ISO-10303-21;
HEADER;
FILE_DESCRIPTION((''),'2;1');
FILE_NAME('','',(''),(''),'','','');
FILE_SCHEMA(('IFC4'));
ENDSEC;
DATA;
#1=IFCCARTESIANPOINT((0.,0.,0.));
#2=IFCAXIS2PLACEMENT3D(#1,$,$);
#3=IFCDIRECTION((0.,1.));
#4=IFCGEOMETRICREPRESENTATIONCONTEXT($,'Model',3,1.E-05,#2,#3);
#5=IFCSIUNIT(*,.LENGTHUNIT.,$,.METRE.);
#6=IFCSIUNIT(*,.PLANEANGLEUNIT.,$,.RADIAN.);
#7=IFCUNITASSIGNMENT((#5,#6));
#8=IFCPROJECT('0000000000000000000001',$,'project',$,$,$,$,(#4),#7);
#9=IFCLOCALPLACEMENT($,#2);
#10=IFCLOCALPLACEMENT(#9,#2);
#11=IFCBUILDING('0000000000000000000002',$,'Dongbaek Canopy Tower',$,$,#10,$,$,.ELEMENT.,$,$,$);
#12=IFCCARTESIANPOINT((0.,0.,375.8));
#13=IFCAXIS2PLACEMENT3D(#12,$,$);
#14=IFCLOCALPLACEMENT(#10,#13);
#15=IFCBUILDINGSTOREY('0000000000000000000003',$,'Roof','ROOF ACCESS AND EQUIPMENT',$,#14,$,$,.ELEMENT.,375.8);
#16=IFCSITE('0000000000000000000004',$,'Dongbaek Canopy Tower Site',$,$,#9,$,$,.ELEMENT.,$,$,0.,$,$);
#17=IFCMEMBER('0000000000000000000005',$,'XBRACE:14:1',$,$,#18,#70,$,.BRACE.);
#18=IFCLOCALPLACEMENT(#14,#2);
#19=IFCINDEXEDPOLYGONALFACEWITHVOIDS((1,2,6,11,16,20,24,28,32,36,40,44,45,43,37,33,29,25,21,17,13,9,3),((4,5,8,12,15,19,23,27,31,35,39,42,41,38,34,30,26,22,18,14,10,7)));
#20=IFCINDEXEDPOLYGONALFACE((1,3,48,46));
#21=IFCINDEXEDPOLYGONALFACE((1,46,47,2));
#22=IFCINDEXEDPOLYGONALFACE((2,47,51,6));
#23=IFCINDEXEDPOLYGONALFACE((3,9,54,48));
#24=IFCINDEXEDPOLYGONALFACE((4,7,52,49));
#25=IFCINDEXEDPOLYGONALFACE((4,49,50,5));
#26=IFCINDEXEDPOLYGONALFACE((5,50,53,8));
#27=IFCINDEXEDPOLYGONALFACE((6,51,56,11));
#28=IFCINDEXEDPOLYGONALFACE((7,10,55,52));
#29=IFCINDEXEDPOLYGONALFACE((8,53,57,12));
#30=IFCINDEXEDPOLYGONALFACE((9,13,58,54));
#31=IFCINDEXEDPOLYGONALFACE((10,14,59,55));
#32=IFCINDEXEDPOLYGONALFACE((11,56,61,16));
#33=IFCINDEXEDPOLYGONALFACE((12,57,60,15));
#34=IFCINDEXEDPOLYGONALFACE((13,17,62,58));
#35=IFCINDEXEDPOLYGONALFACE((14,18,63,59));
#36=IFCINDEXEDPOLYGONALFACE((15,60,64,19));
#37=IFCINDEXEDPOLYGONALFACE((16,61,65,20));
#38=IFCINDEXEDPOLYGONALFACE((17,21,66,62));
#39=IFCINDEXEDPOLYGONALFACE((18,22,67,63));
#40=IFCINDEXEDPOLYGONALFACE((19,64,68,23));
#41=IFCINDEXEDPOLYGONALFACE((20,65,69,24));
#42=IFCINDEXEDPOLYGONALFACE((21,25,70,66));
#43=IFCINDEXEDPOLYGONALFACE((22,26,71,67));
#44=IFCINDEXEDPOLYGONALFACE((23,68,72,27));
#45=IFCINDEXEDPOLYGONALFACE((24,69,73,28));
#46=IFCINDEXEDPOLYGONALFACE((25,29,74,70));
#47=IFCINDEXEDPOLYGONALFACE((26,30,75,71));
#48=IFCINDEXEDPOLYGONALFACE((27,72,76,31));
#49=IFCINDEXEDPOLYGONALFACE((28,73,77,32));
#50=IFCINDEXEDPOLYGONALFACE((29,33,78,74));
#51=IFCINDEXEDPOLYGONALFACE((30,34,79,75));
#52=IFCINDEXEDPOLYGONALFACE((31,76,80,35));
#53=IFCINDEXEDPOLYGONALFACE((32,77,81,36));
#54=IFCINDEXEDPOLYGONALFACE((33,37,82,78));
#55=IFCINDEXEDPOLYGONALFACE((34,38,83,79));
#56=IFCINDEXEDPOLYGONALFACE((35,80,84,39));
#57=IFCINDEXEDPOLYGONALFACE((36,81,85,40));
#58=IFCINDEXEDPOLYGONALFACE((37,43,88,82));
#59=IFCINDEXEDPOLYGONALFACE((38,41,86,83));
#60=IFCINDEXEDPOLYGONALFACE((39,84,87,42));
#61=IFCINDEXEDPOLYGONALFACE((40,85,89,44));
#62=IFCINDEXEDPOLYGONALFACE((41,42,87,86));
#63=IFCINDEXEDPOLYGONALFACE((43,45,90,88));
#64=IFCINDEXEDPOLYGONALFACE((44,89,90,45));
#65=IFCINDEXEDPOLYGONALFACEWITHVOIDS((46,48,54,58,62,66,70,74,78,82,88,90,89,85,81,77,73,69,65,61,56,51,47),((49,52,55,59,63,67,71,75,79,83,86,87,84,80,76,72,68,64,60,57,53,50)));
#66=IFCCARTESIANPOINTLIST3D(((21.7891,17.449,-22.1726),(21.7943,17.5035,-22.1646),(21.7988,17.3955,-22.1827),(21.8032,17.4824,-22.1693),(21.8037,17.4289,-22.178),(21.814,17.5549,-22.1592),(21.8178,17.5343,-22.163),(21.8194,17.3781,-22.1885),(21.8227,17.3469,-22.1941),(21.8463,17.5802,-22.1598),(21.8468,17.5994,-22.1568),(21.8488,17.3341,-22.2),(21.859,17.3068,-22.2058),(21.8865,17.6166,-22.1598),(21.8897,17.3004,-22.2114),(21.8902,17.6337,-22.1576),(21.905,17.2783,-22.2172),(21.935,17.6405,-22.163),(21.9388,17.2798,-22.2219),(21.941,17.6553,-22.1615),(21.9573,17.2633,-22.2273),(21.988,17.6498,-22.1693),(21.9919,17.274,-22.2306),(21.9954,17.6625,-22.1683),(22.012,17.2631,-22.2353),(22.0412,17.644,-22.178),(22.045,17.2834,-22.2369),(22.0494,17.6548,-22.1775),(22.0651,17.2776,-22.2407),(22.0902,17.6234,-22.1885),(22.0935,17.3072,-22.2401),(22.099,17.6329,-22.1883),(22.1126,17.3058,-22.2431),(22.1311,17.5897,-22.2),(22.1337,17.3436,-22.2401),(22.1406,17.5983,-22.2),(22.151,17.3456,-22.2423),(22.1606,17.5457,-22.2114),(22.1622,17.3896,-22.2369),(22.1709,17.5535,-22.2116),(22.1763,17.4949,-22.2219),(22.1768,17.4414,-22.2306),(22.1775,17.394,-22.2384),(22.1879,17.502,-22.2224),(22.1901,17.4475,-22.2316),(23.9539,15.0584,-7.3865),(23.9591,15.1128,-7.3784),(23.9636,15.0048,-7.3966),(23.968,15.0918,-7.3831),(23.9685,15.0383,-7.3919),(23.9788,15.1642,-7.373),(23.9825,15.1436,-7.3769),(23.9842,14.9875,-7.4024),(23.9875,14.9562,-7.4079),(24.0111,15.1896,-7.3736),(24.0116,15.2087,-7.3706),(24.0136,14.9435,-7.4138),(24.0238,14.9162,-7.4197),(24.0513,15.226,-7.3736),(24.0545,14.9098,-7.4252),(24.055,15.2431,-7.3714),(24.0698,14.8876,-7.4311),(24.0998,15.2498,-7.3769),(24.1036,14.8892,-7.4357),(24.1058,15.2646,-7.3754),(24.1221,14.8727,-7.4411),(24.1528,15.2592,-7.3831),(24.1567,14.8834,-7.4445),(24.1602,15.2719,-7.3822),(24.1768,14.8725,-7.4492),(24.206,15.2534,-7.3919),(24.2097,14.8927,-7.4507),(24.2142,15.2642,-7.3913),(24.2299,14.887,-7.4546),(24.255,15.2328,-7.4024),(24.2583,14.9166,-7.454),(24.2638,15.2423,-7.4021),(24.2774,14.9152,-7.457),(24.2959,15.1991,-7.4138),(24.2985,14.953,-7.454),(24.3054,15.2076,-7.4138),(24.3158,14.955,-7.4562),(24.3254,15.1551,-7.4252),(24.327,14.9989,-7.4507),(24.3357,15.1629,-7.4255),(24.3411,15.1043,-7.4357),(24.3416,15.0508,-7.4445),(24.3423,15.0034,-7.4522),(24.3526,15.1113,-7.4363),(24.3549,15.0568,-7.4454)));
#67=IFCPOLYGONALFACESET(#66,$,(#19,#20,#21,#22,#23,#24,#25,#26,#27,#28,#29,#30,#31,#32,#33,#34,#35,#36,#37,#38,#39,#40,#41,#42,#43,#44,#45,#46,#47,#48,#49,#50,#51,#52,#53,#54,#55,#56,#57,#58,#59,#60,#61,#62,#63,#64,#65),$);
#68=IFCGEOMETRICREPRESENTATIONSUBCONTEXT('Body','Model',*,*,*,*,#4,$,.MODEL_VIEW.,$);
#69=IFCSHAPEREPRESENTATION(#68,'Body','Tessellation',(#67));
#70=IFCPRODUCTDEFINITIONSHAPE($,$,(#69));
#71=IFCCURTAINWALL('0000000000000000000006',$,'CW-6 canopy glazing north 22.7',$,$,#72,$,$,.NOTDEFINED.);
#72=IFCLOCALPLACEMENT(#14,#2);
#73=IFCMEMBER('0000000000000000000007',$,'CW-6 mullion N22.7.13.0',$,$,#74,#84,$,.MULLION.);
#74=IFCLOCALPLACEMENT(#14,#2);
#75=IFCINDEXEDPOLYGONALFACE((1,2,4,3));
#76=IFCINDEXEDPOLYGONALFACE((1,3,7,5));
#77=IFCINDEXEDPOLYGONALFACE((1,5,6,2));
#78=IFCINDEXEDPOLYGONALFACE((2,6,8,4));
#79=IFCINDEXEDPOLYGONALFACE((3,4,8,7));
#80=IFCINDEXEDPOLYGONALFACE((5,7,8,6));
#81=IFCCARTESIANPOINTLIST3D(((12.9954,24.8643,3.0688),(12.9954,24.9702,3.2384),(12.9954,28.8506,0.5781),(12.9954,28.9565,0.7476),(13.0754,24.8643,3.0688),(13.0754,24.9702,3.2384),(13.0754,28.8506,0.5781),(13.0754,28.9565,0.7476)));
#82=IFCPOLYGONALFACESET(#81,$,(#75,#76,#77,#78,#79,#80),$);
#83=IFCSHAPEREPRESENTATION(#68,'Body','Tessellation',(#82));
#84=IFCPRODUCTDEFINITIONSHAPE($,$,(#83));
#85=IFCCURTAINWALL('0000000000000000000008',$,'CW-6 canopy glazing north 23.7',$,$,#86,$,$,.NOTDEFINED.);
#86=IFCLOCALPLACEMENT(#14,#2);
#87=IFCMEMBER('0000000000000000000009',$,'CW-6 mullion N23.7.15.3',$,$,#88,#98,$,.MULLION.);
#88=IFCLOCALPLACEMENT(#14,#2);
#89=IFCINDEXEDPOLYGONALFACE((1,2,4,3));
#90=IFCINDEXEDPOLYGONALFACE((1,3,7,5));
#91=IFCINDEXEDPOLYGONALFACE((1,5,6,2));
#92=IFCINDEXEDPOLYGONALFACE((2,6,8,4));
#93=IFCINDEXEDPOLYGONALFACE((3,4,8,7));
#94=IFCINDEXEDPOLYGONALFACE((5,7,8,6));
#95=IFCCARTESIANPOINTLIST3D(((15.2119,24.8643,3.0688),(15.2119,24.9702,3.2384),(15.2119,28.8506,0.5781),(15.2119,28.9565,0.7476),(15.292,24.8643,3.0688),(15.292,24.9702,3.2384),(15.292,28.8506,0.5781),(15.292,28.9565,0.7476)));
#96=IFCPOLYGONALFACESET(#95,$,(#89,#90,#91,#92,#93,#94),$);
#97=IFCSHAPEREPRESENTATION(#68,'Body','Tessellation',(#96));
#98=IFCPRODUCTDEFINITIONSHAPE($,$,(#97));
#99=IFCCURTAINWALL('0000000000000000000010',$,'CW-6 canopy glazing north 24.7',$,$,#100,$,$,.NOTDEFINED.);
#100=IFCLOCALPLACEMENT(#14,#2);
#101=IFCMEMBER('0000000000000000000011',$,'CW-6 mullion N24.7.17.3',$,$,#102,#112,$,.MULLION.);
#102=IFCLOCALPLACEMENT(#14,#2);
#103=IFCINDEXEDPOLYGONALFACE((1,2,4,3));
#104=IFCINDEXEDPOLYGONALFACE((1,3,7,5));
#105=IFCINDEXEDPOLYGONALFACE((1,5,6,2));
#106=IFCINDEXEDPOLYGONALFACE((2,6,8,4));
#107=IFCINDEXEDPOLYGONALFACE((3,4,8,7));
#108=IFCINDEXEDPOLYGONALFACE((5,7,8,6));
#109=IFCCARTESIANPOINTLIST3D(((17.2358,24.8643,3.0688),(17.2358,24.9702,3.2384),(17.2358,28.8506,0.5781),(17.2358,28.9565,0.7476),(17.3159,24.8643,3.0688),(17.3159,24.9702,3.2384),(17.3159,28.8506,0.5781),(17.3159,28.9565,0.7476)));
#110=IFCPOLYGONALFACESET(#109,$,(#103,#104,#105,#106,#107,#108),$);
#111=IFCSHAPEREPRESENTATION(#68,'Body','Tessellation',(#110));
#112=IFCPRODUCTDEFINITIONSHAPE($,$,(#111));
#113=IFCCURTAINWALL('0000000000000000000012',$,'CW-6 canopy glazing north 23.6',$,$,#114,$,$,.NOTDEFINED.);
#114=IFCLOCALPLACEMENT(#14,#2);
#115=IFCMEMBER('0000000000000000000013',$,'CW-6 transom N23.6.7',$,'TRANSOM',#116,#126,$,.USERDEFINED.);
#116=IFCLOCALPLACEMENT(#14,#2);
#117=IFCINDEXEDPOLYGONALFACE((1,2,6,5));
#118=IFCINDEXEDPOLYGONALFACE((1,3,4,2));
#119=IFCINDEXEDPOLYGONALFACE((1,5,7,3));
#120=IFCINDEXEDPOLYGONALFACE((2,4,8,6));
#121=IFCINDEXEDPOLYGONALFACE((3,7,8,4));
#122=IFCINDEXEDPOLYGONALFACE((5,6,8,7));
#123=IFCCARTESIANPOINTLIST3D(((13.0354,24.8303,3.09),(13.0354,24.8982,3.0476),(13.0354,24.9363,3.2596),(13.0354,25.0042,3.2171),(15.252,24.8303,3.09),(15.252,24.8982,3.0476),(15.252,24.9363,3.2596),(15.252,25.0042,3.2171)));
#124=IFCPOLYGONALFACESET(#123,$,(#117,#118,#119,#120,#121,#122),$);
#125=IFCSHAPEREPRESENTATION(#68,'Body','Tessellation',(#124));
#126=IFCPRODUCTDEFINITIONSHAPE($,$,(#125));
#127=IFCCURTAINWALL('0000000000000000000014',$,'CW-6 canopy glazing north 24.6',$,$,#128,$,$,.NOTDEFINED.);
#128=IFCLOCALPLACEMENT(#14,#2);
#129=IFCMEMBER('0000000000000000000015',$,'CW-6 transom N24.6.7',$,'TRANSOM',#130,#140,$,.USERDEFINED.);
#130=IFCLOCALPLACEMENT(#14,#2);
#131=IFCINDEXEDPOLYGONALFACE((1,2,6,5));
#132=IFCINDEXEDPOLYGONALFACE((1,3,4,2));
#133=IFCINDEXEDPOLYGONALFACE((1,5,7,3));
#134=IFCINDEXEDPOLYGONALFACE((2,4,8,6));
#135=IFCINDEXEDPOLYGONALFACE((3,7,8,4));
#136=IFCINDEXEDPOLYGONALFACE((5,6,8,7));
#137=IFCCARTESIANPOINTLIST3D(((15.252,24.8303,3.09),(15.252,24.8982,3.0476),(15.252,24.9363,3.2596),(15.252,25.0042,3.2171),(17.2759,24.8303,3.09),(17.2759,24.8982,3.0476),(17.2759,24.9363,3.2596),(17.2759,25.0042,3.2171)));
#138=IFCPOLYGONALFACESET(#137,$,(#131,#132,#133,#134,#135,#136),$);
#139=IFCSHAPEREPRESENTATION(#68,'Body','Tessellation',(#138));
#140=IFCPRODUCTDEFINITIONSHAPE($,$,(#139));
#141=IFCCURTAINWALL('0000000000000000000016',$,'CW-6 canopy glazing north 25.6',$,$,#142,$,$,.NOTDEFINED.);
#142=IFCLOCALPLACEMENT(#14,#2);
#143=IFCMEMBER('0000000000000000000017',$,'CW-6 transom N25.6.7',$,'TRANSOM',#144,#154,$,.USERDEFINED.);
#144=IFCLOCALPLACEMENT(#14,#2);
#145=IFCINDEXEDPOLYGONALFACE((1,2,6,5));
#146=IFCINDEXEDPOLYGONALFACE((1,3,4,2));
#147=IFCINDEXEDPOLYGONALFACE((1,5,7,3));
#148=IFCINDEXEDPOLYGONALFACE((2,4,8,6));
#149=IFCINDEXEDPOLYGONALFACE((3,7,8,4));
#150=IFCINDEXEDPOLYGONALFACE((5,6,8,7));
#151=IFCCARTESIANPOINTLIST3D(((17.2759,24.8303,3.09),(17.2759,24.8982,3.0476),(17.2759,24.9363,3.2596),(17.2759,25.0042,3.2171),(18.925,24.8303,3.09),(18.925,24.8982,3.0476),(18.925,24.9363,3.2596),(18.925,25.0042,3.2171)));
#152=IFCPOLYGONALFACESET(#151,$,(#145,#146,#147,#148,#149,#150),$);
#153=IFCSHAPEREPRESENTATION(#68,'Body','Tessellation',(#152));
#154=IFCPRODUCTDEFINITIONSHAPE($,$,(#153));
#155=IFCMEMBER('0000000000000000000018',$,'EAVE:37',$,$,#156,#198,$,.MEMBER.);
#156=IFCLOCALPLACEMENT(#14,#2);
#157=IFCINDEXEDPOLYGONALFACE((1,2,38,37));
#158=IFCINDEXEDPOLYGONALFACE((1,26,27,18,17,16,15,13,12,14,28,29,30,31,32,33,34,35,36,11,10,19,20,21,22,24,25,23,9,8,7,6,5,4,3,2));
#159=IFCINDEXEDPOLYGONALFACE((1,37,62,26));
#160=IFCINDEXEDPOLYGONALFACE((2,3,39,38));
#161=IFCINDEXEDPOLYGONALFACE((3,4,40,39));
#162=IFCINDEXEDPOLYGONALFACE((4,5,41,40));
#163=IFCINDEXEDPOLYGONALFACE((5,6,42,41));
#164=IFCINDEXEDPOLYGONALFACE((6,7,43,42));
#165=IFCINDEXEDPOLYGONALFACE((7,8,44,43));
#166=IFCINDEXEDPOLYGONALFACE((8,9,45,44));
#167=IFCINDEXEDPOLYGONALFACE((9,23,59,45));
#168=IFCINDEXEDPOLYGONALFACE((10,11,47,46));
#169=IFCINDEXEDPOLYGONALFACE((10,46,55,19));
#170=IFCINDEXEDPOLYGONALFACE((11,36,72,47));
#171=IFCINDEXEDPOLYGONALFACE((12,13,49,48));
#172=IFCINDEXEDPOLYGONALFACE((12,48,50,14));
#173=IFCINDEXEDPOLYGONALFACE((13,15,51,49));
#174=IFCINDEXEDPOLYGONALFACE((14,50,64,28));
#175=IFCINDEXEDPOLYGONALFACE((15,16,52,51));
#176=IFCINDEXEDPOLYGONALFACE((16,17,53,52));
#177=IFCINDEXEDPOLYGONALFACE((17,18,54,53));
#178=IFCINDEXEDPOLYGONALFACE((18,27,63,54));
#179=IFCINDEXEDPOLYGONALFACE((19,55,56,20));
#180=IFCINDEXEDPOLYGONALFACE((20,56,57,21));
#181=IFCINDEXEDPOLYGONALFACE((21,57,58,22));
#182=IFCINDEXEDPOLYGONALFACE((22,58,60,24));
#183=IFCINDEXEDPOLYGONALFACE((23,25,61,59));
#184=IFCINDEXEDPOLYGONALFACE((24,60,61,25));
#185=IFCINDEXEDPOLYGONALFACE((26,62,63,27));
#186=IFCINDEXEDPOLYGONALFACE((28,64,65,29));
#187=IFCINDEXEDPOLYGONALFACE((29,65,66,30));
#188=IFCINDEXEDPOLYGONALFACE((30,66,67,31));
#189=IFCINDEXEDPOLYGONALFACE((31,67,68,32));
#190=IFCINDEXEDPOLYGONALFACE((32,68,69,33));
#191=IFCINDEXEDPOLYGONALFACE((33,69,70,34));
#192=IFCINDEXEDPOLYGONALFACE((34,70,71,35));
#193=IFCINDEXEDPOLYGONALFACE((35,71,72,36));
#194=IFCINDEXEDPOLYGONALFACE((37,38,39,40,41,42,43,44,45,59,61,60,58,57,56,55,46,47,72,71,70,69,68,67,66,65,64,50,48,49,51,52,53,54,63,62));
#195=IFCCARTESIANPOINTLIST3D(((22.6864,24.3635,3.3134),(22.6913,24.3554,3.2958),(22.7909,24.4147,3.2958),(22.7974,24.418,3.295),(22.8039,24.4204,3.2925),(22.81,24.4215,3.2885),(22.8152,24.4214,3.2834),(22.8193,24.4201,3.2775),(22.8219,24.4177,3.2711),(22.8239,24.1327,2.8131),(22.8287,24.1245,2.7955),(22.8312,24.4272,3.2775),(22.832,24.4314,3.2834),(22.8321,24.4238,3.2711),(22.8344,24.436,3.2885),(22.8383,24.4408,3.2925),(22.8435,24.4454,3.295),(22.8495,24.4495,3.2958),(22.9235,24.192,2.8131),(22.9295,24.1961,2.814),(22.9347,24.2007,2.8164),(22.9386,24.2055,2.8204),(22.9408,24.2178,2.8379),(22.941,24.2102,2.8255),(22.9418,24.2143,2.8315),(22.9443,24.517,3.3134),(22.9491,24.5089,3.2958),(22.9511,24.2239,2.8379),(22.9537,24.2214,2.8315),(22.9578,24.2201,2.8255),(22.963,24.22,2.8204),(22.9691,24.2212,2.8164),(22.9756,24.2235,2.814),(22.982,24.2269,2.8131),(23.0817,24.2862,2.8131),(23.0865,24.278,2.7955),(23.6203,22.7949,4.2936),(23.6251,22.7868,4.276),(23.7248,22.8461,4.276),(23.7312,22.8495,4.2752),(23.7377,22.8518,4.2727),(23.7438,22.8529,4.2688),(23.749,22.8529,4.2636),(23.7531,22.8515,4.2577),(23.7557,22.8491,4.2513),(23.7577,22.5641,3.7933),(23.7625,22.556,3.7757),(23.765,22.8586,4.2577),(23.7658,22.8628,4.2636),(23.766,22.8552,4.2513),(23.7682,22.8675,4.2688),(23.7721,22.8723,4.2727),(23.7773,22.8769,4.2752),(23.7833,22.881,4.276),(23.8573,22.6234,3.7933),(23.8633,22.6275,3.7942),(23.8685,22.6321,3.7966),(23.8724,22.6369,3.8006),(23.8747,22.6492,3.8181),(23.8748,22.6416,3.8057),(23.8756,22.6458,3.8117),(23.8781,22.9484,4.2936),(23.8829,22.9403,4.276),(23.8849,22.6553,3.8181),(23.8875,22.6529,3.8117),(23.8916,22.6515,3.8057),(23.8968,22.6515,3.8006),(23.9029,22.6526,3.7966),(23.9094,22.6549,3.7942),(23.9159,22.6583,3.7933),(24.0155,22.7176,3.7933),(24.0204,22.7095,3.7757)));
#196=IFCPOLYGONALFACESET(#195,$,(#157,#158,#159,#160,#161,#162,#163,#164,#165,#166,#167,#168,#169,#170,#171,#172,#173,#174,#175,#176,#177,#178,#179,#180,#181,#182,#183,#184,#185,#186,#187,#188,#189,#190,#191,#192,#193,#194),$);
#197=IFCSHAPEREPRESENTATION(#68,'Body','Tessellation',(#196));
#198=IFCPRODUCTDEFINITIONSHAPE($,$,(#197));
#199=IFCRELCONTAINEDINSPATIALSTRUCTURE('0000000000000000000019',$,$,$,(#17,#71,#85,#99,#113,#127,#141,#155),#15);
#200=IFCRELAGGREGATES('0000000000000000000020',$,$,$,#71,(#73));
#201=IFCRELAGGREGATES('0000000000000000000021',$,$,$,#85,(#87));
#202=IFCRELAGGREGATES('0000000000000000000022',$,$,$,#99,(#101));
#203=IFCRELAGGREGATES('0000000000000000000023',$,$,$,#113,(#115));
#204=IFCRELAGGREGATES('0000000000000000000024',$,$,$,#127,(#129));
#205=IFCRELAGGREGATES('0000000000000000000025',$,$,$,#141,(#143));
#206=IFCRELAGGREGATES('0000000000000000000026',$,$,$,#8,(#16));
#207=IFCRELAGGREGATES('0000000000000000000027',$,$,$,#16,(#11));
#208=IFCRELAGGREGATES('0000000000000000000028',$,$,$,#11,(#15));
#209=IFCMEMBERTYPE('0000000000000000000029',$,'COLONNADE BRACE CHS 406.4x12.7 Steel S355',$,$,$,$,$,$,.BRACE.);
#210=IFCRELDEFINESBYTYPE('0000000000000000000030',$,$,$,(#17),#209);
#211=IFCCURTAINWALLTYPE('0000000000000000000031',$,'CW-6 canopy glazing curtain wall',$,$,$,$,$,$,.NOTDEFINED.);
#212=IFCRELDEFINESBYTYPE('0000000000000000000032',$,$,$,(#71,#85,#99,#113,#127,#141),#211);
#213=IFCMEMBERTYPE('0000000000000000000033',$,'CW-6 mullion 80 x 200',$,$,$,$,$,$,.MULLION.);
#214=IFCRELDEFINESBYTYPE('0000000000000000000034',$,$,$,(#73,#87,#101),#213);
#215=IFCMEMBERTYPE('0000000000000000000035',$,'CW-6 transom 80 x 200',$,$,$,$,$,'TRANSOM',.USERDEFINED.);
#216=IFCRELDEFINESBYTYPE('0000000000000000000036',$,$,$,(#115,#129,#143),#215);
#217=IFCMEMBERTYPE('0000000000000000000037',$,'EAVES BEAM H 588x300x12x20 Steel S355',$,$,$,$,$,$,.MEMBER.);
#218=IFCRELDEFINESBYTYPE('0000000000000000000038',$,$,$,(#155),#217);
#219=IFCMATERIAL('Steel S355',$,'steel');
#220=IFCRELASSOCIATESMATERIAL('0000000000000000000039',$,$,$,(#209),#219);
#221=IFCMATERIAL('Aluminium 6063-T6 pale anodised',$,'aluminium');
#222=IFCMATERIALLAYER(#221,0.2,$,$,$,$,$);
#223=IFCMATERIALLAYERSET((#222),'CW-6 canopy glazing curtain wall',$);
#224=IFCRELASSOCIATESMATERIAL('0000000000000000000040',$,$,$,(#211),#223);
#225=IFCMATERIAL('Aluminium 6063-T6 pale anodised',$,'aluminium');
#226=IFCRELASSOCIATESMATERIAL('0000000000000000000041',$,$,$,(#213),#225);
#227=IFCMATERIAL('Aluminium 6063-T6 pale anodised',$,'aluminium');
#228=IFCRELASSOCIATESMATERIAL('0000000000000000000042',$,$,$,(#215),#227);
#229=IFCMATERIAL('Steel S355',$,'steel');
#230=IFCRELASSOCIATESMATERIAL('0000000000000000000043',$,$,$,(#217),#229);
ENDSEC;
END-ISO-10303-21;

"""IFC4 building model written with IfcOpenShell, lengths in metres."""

from ifc_helpers import new_model, si_unit, direction, frame, origin, origin_2d, place, context, subcontext, project, spatial, rectangle, hollow_circle, i_section, extrude, material, layer, layer_set, material_profile, profile_set, type_object, element, aggregate, save


model = new_model("IFC4")

# Units and contexts
model_context = context("Model", 3, precision=1e-05, world=origin(), true_north=direction((0.0, 1.0)))
body_context = subcontext(model_context, "Body", "Model", "MODEL_VIEW")
ifc_project = project(units=[si_unit("LENGTHUNIT", "METRE"), si_unit("PLANEANGLEUNIT", "RADIAN")], contexts=[model_context])

# Site, building, storey
site_placement = place(None, origin())
site = spatial("IfcSite", under=ifc_project, at=site_placement, Name="Dongbaek Canopy Tower Site", CompositionType="ELEMENT", RefElevation=0.0)
building_placement = place(site_placement, origin())
building = spatial("IfcBuilding", under=site, at=building_placement, Name="Dongbaek Canopy Tower", CompositionType="ELEMENT")
storey_placement = place(building_placement, frame((0.0, 0.0, 375.8)))
storey = spatial("IfcBuildingStorey", under=building, at=storey_placement, Name="Roof", Description="ROOF ACCESS AND EQUIPMENT", CompositionType="ELEMENT", Elevation=375.8)

# Member
ifc_material_1 = material(Name="Steel S355", Category="steel")
ifc_material_profile_1 = material_profile(ifc_material_1, hollow_circle(Radius=0.2031, WallThickness=0.0127, at=origin_2d()), Name="COLONNADE BRACE CHS 406.4x12.7 Steel S355")
ifc_profile_set_1 = profile_set([ifc_material_profile_1], Name="Steel S355")
member_type_1 = type_object("IfcMemberType", Name="COLONNADE BRACE CHS 406.4x12.7 Steel S355", PredefinedType="BRACE", material=ifc_profile_set_1)
member_1_placement = place(storey_placement, frame((21.99, 17.4619, -22.2), z_axis=(0.143044, -0.157966, 0.977029), x_axis=(0.741251, 0.671228, 0.0)))
element("IfcMember", 1, at=member_1_placement, inside=storey, type_object=member_type_1, Name="XBRACE:14:1", PredefinedType="BRACE", context=body_context, shape_type="SweptSolid", body=[
    extrude(hollow_circle(Radius=0.2031, WallThickness=0.0127, at=origin_2d()), origin(), (0.0, 0.0, 1.0), 15.1338),
])

# Curtain walls, members
ifc_material_2 = material(Name="Aluminium 6063-T6 pale anodised", Category="aluminium")
ifc_layer_1 = layer(ifc_material_2, 0.2)
ifc_layer_set_1 = layer_set([ifc_layer_1], Name="CW-6 canopy glazing curtain wall")
curtain_wall_type = type_object("IfcCurtainWallType", Name="CW-6 canopy glazing curtain wall", PredefinedType="NOTDEFINED", material=ifc_layer_set_1)
curtain_wall_1_placement = place(storey_placement, origin())
curtain_wall_1 = element("IfcCurtainWall", 2, at=curtain_wall_1_placement, inside=storey, type_object=curtain_wall_type, Name="CW-6 canopy glazing north 22.7", PredefinedType="NOTDEFINED")
ifc_material_3 = material(Name="Aluminium 6063-T6 pale anodised", Category="aluminium")
ifc_material_profile_2 = material_profile(ifc_material_3, rectangle(XDim=0.0801, YDim=0.2, at=origin_2d()), Name="CW-6 mullion 80 x 200")
ifc_profile_set_2 = profile_set([ifc_material_profile_2], Name="Aluminium 6063-T6 pale anodised")
member_type_2 = type_object("IfcMemberType", Name="CW-6 mullion 80 x 200", PredefinedType="MULLION", material=ifc_profile_set_2)
member_2_placement = place(storey_placement, frame((13.0354, 24.9172, 3.1536), z_axis=(0.0, 0.848068, -0.529887), x_axis=(-1.0, 0.0, 0.0)))
member_2 = element("IfcMember", 3, at=member_2_placement, type_object=member_type_2, Name="CW-6 mullion N22.7.13.0", PredefinedType="MULLION", context=body_context, shape_type="SweptSolid", body=[
    extrude(rectangle(XDim=0.0801, YDim=0.2, at=origin_2d()), origin(), (0.0, 0.0, 1.0), 4.7004),
])
aggregate(curtain_wall_1, [member_2])
curtain_wall_2_placement = place(storey_placement, origin())
curtain_wall_2 = element("IfcCurtainWall", 4, at=curtain_wall_2_placement, inside=storey, type_object=curtain_wall_type, Name="CW-6 canopy glazing north 23.7", PredefinedType="NOTDEFINED")
member_3_placement = place(storey_placement, frame((15.252, 24.9172, 3.1536), z_axis=(0.0, 0.848068, -0.529887), x_axis=(-1.0, 0.0, 0.0)))
member_3 = element("IfcMember", 5, at=member_3_placement, type_object=member_type_2, Name="CW-6 mullion N23.7.15.3", PredefinedType="MULLION", context=body_context, shape_type="SweptSolid", body=[
    extrude(rectangle(XDim=0.0801, YDim=0.2, at=origin_2d()), origin(), (0.0, 0.0, 1.0), 4.7004),
])
aggregate(curtain_wall_2, [member_3])
curtain_wall_3_placement = place(storey_placement, origin())
curtain_wall_3 = element("IfcCurtainWall", 6, at=curtain_wall_3_placement, inside=storey, type_object=curtain_wall_type, Name="CW-6 canopy glazing north 24.7", PredefinedType="NOTDEFINED")
member_4_placement = place(storey_placement, frame((17.2759, 24.9172, 3.1536), z_axis=(0.0, 0.848068, -0.529887), x_axis=(-1.0, 0.0, 0.0)))
member_4 = element("IfcMember", 7, at=member_4_placement, type_object=member_type_2, Name="CW-6 mullion N24.7.17.3", PredefinedType="MULLION", context=body_context, shape_type="SweptSolid", body=[
    extrude(rectangle(XDim=0.0801, YDim=0.2, at=origin_2d()), origin(), (0.0, 0.0, 1.0), 4.7004),
])
aggregate(curtain_wall_3, [member_4])
curtain_wall_4_placement = place(storey_placement, origin())
curtain_wall_4 = element("IfcCurtainWall", 8, at=curtain_wall_4_placement, inside=storey, type_object=curtain_wall_type, Name="CW-6 canopy glazing north 23.6", PredefinedType="NOTDEFINED")
ifc_material_4 = material(Name="Aluminium 6063-T6 pale anodised", Category="aluminium")
ifc_material_profile_3 = material_profile(ifc_material_4, rectangle(XDim=0.0801, YDim=0.2, at=origin_2d()), Name="CW-6 transom 80 x 200")
ifc_profile_set_3 = profile_set([ifc_material_profile_3], Name="Aluminium 6063-T6 pale anodised")
member_type_3 = type_object("IfcMemberType", Name="CW-6 transom 80 x 200", ElementType="TRANSOM", PredefinedType="USERDEFINED", material=ifc_profile_set_3)
member_5_placement = place(storey_placement, frame((13.0354, 24.9172, 3.1536), z_axis=(1.0, 0.0, 0.0), x_axis=(0.0, 0.848048, -0.529919)))
member_5 = element("IfcMember", 9, at=member_5_placement, type_object=member_type_3, Name="CW-6 transom N23.6.7", ObjectType="TRANSOM", PredefinedType="USERDEFINED", context=body_context, shape_type="SweptSolid", body=[
    extrude(rectangle(XDim=0.0801, YDim=0.2, at=origin_2d()), origin(), (0.0, 0.0, 1.0), 2.2166),
])
curtain_wall_5_placement = place(storey_placement, origin())
curtain_wall_5 = element("IfcCurtainWall", 10, at=curtain_wall_5_placement, inside=storey, type_object=curtain_wall_type, Name="CW-6 canopy glazing north 24.6", PredefinedType="NOTDEFINED")
member_6_placement = place(storey_placement, frame((15.252, 24.9172, 3.1536), z_axis=(1.0, 0.0, 0.0), x_axis=(0.0, 0.848048, -0.529919)))
member_6 = element("IfcMember", 11, at=member_6_placement, type_object=member_type_3, Name="CW-6 transom N24.6.7", ObjectType="TRANSOM", PredefinedType="USERDEFINED", context=body_context, shape_type="SweptSolid", body=[
    extrude(rectangle(XDim=0.0801, YDim=0.2, at=origin_2d()), origin(), (0.0, 0.0, 1.0), 2.0239),
])
curtain_wall_6_placement = place(storey_placement, origin())
curtain_wall_6 = element("IfcCurtainWall", 12, at=curtain_wall_6_placement, inside=storey, type_object=curtain_wall_type, Name="CW-6 canopy glazing north 25.6", PredefinedType="NOTDEFINED")
member_7_placement = place(storey_placement, frame((17.2759, 24.9172, 3.1536), z_axis=(1.0, 0.0, 0.0), x_axis=(0.0, 0.848048, -0.529919)))
member_7 = element("IfcMember", 13, at=member_7_placement, type_object=member_type_3, Name="CW-6 transom N25.6.7", ObjectType="TRANSOM", PredefinedType="USERDEFINED", context=body_context, shape_type="SweptSolid", body=[
    extrude(rectangle(XDim=0.0801, YDim=0.2, at=origin_2d()), origin(), (0.0, 0.0, 1.0), 1.6492),
])

# Member
ifc_material_5 = material(Name="Steel S355", Category="steel")
ifc_material_profile_4 = material_profile(ifc_material_5, i_section(OverallWidth=0.3, OverallDepth=0.5879, WebThickness=0.012, FlangeThickness=0.02, FilletRadius=0.0281, at=origin_2d()), Name="EAVES BEAM H 588x300x12x20 Steel S355")
ifc_profile_set_4 = profile_set([ifc_material_profile_4], Name="Steel S355")
member_type_4 = type_object("IfcMemberType", Name="EAVES BEAM H 588x300x12x20 Steel S355", PredefinedType="MEMBER", material=ifc_profile_set_4)
member_8_placement = place(storey_placement, frame((23.8203, 22.7522, 4.0347), z_axis=(-0.450682, 0.757028, -0.473069), x_axis=(-0.859258, -0.511543, 0.0)))
element("IfcMember", 14, at=member_8_placement, inside=storey, type_object=member_type_4, Name="EAVE:37", PredefinedType="MEMBER", context=body_context, shape_type="SweptSolid", body=[
    extrude(i_section(OverallWidth=0.3, OverallDepth=0.5879, WebThickness=0.012, FlangeThickness=0.02, FilletRadius=0.0281, at=origin_2d()), origin(), (0.0, 0.0, 1.0), 2.072),
])

aggregate(curtain_wall_4, [member_5])
aggregate(curtain_wall_5, [member_6])
aggregate(curtain_wall_6, [member_7])

save(model, "model.ifc")
